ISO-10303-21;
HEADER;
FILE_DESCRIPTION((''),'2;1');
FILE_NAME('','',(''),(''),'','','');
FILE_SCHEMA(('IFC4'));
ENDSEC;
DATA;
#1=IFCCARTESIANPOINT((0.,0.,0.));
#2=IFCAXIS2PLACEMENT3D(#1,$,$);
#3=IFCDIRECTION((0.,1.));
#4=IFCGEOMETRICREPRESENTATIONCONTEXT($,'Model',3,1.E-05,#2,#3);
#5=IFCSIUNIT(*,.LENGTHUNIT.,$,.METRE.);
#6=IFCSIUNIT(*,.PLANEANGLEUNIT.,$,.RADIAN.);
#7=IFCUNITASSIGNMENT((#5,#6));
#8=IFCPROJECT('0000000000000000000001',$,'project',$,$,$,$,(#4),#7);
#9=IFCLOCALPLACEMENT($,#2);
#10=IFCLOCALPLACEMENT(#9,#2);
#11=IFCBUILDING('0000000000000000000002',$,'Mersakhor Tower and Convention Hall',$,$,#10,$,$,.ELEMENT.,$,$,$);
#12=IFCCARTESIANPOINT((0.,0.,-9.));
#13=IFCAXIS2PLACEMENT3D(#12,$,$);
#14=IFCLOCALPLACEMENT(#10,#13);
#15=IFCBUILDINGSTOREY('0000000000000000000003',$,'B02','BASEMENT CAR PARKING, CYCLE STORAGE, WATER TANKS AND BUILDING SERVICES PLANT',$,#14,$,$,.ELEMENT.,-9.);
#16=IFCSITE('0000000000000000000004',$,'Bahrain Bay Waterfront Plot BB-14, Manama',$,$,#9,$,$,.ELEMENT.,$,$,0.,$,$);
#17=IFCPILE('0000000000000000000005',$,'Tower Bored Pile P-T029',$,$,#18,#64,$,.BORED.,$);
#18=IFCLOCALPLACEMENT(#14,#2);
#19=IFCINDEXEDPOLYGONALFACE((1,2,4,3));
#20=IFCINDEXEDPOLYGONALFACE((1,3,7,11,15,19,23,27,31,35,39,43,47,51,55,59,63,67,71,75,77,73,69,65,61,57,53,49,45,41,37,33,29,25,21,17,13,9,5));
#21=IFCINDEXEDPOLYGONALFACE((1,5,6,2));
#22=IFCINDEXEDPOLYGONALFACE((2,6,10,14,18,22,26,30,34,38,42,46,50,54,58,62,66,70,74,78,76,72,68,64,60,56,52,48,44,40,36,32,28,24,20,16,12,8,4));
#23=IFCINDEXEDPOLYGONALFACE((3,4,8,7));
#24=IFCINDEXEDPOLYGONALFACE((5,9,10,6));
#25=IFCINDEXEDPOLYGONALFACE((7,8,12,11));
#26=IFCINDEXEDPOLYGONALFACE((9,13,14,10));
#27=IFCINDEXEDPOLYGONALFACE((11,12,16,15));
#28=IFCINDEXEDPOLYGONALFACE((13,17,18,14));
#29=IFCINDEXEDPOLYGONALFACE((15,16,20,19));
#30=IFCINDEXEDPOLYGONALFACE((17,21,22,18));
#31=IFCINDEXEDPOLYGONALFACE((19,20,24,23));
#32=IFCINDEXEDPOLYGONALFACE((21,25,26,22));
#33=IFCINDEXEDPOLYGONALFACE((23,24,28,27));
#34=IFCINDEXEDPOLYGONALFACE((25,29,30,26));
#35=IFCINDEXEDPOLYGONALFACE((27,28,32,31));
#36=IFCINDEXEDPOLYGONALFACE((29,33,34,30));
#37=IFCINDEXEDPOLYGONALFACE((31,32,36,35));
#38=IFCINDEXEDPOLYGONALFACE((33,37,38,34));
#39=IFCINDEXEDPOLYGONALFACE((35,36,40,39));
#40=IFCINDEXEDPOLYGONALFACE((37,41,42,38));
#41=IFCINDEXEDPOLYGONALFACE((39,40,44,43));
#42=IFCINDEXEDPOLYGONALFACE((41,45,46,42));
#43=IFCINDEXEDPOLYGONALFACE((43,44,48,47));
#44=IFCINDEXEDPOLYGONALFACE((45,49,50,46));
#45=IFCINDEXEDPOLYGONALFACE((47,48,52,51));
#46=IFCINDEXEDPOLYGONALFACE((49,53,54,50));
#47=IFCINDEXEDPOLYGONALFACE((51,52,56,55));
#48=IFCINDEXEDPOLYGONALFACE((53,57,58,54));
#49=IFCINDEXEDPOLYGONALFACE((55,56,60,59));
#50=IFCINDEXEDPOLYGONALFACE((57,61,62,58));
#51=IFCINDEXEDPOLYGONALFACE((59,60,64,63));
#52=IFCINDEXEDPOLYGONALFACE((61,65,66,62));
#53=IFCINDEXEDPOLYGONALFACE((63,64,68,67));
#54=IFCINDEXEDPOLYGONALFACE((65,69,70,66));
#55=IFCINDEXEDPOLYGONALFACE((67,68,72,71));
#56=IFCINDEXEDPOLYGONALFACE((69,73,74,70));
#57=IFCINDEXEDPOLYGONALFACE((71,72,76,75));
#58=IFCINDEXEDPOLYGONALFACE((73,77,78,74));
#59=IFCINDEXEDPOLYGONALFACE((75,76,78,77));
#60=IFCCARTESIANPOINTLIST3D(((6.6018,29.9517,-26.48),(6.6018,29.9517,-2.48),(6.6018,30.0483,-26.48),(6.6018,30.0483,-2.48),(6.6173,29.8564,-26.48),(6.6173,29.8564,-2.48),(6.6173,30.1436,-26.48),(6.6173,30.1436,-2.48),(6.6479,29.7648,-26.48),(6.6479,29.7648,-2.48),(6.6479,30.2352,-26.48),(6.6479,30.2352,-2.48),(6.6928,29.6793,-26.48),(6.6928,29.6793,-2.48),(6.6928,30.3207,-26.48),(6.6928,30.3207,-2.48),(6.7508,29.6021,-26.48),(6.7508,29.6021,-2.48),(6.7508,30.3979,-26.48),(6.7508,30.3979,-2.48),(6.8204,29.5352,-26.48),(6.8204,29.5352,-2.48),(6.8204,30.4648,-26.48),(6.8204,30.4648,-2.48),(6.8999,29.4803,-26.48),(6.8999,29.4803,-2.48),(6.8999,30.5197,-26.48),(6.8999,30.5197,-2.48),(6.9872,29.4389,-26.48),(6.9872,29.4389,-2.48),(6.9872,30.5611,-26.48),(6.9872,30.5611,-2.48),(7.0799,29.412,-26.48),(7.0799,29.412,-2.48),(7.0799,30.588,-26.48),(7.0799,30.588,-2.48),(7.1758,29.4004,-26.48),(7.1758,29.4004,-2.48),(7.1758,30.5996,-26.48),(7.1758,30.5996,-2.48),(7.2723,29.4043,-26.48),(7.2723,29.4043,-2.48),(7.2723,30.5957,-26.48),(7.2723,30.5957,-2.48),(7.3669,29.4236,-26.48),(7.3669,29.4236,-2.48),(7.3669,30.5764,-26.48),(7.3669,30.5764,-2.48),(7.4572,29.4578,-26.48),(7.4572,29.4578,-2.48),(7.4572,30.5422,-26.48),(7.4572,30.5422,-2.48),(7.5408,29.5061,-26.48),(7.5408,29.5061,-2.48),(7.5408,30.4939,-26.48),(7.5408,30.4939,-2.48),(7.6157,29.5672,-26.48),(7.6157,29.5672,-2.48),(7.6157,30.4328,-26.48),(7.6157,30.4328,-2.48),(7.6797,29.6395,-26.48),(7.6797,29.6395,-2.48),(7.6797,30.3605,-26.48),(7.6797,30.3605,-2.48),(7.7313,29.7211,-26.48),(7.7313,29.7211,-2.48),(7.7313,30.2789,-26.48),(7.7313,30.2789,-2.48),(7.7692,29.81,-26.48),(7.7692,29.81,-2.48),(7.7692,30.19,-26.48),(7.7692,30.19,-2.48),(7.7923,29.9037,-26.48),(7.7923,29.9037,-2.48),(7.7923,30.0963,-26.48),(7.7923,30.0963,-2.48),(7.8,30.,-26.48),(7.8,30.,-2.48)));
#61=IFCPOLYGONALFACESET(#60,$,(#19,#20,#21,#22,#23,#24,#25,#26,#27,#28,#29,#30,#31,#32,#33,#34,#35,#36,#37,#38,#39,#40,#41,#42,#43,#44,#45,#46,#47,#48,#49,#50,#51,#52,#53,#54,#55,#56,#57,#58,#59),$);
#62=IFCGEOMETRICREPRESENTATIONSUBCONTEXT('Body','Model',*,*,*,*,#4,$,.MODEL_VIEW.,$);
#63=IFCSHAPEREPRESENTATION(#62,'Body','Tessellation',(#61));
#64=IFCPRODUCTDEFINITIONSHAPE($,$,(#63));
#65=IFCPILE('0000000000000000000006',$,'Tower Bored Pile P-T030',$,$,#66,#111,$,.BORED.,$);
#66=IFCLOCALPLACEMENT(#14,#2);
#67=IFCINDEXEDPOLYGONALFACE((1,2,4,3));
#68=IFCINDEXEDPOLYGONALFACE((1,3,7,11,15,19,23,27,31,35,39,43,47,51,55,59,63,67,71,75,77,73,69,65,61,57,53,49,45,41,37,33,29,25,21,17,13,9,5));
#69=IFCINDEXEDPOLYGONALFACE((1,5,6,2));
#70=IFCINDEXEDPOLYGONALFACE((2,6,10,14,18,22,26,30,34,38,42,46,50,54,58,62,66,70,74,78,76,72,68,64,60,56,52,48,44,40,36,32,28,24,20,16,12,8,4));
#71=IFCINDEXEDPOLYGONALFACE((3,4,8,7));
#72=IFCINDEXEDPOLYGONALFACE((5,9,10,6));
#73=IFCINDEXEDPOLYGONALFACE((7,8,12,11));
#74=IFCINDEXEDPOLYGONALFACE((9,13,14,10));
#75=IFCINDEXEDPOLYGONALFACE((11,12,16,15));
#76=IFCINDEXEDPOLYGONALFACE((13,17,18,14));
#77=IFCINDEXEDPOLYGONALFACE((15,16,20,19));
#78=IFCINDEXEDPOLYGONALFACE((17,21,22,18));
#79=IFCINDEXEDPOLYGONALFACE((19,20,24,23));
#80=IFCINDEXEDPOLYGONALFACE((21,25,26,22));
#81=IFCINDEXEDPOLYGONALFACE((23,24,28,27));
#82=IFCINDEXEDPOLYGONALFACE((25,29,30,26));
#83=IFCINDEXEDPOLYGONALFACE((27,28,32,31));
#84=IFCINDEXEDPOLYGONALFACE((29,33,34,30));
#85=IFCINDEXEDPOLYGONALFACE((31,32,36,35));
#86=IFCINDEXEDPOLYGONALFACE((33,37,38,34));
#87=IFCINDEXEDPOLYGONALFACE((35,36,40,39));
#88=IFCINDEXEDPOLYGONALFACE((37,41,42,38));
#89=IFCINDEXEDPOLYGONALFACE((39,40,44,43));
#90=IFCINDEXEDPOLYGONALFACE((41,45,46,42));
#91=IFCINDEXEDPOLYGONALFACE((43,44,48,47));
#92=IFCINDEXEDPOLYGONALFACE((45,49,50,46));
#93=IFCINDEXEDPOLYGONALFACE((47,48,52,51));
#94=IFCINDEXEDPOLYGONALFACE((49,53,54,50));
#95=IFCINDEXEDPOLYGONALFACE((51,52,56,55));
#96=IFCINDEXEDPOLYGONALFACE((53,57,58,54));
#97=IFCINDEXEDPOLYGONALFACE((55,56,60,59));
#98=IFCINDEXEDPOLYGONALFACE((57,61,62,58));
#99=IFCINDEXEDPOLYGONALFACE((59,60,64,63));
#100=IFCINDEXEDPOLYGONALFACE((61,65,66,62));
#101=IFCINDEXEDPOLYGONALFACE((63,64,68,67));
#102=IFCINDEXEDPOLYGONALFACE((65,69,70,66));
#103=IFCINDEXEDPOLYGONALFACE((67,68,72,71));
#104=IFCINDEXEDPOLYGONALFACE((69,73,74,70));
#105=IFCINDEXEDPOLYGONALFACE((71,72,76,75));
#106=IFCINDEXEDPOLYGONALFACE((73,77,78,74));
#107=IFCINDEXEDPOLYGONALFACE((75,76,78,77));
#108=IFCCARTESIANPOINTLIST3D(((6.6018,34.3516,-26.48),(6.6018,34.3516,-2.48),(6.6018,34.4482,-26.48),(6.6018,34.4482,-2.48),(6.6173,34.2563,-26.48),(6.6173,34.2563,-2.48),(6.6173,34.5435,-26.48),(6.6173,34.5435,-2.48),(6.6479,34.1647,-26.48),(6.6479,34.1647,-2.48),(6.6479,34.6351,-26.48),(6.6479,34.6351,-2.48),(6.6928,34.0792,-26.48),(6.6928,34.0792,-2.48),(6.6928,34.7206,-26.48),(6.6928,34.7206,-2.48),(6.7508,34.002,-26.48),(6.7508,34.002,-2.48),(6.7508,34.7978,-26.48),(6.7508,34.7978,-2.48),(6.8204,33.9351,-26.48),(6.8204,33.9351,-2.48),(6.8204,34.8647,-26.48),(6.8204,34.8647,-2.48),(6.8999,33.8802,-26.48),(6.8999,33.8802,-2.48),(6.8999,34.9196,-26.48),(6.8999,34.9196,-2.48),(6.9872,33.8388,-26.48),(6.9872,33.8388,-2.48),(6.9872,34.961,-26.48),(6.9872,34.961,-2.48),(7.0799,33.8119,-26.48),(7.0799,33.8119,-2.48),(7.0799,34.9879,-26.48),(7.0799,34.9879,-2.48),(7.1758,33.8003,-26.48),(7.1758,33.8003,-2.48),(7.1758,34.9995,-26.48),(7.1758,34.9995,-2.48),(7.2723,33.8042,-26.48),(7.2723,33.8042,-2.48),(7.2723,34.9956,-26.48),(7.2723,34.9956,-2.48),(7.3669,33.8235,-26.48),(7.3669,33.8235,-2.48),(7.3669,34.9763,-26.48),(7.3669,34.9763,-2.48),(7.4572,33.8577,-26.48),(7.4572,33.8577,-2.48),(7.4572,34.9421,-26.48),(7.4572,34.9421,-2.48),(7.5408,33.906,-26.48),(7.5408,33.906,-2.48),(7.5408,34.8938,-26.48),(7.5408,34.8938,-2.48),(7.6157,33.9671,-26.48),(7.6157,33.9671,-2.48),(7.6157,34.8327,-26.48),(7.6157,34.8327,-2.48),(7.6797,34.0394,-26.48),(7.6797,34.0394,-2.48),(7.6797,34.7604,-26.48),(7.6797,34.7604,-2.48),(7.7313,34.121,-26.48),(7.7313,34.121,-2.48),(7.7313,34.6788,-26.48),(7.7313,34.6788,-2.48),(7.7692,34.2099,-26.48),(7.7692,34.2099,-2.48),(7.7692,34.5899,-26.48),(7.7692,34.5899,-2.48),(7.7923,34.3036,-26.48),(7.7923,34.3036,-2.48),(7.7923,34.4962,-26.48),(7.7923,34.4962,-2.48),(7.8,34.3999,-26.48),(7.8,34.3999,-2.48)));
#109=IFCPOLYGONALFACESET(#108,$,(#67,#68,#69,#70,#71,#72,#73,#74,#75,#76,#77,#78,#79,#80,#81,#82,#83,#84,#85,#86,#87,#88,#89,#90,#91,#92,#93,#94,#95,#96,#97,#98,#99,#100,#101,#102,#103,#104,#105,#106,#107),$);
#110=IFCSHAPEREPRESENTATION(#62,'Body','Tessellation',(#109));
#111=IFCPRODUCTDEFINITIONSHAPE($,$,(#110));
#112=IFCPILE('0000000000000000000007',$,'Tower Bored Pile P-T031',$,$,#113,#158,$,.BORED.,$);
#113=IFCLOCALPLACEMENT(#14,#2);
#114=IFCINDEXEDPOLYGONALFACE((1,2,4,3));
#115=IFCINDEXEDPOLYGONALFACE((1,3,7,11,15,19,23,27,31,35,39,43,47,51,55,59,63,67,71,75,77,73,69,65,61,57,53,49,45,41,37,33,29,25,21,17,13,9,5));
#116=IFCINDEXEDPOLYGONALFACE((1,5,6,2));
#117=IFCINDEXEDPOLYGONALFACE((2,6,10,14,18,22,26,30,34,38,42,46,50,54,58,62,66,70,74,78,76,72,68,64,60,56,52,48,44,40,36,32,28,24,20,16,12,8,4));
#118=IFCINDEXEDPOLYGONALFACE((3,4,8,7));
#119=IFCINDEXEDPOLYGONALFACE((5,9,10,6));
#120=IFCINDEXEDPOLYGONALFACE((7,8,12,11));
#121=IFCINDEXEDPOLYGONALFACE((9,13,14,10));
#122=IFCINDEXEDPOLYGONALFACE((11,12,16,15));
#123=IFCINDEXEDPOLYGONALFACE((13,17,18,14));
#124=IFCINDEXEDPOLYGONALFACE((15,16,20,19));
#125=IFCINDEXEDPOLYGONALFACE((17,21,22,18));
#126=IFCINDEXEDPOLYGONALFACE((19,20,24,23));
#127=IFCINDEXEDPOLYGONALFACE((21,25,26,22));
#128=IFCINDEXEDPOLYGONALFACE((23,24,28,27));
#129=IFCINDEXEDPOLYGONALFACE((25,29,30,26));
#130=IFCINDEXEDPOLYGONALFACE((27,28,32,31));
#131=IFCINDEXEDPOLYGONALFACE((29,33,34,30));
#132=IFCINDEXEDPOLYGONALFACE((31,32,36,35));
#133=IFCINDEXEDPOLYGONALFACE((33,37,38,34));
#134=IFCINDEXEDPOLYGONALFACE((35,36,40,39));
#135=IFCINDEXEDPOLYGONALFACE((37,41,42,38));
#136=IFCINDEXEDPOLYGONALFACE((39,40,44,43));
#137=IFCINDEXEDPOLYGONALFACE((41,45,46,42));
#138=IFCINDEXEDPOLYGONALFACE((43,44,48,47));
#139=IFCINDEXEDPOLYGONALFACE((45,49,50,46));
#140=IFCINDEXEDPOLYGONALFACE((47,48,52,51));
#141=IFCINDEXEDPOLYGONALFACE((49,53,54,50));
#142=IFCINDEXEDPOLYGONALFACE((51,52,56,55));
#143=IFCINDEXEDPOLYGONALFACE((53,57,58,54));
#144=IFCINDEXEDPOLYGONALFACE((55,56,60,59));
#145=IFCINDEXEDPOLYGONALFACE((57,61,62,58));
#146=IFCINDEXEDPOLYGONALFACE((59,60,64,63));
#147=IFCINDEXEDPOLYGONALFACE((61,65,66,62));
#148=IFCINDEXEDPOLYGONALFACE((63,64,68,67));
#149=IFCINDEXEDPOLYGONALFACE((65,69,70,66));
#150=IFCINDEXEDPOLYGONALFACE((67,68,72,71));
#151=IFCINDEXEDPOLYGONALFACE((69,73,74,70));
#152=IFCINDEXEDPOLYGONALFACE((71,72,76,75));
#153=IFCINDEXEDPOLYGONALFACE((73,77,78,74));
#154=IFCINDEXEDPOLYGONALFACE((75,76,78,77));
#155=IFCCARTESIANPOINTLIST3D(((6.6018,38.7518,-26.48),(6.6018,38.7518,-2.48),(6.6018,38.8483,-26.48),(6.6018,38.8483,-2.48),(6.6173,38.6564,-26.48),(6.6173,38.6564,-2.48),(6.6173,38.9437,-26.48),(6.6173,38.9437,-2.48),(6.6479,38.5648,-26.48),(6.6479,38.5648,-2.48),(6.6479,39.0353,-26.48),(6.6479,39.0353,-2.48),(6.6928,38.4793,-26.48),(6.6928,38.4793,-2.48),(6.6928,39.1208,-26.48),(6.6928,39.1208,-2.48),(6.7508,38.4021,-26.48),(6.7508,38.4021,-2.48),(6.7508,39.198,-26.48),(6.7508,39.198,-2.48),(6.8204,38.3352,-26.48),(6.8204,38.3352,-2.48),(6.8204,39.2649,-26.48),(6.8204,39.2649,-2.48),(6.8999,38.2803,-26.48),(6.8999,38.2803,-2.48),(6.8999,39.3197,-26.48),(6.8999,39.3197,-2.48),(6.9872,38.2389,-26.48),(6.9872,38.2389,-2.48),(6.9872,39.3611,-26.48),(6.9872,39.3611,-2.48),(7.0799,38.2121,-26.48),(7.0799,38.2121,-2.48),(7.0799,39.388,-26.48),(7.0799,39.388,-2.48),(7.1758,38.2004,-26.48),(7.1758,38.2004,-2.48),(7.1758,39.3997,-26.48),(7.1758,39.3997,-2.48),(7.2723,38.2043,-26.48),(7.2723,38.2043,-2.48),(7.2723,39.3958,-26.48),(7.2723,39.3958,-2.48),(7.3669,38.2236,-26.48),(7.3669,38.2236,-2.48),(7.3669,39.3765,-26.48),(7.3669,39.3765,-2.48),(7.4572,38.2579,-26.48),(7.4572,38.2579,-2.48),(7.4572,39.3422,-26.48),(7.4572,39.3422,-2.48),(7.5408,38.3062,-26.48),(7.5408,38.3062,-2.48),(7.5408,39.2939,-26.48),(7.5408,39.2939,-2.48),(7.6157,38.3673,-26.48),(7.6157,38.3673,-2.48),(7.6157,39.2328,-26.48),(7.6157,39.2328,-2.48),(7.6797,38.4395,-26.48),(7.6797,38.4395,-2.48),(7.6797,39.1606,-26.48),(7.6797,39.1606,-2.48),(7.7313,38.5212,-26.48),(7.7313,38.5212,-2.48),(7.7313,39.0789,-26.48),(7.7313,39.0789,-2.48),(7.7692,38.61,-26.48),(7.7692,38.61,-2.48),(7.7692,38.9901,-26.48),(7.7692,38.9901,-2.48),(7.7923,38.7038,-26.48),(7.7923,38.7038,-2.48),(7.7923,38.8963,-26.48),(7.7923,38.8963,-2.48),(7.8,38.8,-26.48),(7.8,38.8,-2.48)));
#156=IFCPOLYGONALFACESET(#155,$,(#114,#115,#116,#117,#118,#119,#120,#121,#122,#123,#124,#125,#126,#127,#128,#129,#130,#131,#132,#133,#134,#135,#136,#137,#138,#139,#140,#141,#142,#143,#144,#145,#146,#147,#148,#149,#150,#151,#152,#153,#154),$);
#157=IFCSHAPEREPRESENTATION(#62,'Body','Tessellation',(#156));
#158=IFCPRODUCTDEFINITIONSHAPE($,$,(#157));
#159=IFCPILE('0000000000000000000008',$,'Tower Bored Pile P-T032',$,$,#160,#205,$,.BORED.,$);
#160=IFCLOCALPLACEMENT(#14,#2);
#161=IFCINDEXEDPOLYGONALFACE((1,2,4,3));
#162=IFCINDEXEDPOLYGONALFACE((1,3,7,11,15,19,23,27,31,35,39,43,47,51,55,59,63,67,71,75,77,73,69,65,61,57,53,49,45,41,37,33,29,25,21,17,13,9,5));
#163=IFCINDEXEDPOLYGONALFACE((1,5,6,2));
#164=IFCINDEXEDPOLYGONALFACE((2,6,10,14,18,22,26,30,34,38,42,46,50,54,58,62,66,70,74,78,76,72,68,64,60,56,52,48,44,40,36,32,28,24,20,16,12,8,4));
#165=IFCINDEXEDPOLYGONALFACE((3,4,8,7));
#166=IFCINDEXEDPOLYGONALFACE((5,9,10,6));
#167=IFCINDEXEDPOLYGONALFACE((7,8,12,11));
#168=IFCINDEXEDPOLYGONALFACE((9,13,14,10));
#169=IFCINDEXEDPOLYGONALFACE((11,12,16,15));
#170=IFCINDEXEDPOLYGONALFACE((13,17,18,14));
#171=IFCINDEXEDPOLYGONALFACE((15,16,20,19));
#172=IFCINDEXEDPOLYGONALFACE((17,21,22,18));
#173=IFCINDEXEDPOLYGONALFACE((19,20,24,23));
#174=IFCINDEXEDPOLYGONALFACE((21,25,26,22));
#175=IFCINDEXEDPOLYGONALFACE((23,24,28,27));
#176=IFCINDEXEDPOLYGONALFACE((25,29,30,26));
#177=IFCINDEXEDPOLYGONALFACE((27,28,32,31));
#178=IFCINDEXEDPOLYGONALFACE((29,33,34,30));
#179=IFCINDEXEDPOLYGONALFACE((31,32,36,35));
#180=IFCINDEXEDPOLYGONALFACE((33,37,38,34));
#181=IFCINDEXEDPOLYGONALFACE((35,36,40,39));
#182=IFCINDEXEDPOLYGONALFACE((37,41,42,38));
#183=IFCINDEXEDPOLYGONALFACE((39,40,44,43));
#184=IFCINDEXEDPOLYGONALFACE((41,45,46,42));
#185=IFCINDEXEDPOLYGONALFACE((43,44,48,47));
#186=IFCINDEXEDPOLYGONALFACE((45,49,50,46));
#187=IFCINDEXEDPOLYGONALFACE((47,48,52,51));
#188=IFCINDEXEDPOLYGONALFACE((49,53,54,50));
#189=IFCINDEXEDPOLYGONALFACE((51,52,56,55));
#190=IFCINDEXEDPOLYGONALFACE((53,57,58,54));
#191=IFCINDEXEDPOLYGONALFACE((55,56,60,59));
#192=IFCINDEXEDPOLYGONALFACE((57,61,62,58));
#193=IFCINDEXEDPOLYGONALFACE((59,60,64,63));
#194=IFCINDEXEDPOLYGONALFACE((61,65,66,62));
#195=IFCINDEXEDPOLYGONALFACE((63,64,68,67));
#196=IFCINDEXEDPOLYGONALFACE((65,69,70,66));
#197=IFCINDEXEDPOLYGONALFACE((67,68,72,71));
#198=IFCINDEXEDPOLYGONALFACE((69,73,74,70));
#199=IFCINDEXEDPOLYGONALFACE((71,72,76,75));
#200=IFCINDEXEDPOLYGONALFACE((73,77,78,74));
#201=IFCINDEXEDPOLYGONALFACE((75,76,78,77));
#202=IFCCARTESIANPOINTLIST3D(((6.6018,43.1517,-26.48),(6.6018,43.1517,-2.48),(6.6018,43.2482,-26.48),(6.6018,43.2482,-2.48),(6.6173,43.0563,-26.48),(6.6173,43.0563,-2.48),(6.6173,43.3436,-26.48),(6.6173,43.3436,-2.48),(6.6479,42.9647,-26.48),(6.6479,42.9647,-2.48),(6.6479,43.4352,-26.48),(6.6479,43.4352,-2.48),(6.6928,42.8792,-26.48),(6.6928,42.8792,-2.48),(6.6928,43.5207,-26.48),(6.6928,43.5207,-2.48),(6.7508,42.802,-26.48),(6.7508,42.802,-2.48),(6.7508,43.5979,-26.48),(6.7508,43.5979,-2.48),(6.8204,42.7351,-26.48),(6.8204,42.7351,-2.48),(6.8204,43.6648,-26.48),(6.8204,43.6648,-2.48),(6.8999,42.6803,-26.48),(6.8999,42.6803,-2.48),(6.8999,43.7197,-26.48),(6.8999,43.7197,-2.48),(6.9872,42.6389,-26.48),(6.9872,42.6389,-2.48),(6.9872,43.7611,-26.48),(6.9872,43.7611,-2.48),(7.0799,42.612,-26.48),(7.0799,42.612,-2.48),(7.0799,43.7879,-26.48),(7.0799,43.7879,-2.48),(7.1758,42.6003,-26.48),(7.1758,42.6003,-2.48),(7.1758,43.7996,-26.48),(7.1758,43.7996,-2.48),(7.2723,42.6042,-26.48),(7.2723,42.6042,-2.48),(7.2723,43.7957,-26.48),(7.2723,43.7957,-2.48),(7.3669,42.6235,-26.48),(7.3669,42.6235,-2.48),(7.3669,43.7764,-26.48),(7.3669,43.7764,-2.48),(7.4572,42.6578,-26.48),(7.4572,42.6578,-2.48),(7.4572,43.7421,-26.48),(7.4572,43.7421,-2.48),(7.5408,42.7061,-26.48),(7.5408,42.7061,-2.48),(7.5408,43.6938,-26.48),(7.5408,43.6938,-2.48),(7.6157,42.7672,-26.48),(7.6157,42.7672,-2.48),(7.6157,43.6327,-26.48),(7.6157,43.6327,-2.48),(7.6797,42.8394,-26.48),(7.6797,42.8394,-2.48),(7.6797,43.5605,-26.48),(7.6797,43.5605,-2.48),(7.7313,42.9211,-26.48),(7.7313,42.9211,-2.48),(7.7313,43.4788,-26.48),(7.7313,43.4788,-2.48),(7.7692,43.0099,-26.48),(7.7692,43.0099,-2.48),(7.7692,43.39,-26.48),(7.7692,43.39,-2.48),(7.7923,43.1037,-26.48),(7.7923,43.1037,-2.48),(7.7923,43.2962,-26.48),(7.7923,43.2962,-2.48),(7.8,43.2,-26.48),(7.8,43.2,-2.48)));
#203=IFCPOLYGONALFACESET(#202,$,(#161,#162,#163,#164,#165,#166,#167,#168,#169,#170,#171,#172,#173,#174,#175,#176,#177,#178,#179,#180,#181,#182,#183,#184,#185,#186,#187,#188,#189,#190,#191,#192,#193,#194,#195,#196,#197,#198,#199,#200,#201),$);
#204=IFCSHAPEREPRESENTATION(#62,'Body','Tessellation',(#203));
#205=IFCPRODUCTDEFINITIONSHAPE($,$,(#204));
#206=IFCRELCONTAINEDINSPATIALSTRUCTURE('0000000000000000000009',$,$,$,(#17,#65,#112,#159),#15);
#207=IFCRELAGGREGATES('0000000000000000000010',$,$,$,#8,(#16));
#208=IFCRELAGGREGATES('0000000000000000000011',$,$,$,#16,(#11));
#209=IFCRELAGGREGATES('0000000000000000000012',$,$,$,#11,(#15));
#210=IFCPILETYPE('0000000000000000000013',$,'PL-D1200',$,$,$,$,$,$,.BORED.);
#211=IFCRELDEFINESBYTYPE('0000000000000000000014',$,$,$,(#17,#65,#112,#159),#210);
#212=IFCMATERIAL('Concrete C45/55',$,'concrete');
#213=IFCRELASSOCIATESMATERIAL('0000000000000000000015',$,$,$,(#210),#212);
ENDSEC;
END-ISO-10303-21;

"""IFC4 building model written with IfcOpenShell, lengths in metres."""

from ifc_helpers import new_model, si_unit, direction, frame, origin, origin_2d, place, context, subcontext, project, spatial, circle, extrude, material, material_profile, profile_set, type_object, element, save


model = new_model("IFC4")

# Units and contexts
model_context = context("Model", 3, precision=1e-05, world=origin(), true_north=direction((0.0, 1.0)))
body_context = subcontext(model_context, "Body", "Model", "MODEL_VIEW")
ifc_project = project(units=[si_unit("LENGTHUNIT", "METRE"), si_unit("PLANEANGLEUNIT", "RADIAN")], contexts=[model_context])

# Site, building, storey
site_placement = place(None, origin())
site = spatial("IfcSite", under=ifc_project, at=site_placement, Name="Bahrain Bay Waterfront Plot BB-14, Manama", CompositionType="ELEMENT", RefElevation=0.0)
building_placement = place(site_placement, origin())
building = spatial("IfcBuilding", under=site, at=building_placement, Name="Mersakhor Tower and Convention Hall", CompositionType="ELEMENT")
storey_placement = place(building_placement, frame((0.0, 0.0, -9.0)))
storey = spatial("IfcBuildingStorey", under=building, at=storey_placement, Name="B02", Description="BASEMENT CAR PARKING, CYCLE STORAGE, WATER TANKS AND BUILDING SERVICES PLANT", CompositionType="ELEMENT", Elevation=-9.0)

# Piles
ifc_material_1 = material(Name="Concrete C45/55", Category="concrete")
ifc_material_profile_1 = material_profile(ifc_material_1, circle(Radius=0.6001, at=origin_2d()), Name="PILE D1200")
ifc_profile_set_1 = profile_set([ifc_material_profile_1], Name="Concrete C45/55")
pile_type = type_object("IfcPileType", Name="PL-D1200", PredefinedType="BORED", material=ifc_profile_set_1)
for number, where, z_axis, x_axis, name in (
    (1, (7.2, 30.0, -2.48), (0.0, 0.0, -1.0), (1.0, 0.0, 0.0), "Tower Bored Pile P-T029"),
    (2, (7.2, 34.3999, -2.48), (0.0, 0.0, -1.0), (1.0, 0.0, 0.0), "Tower Bored Pile P-T030"),
    (3, (7.2, 38.8, -2.48), (0.0, 0.0, -1.0), (1.0, 0.0, 0.0), "Tower Bored Pile P-T031"),
    (4, (7.2, 43.2, -2.48), (0.0, 0.0, -1.0), (1.0, 0.0, 0.0), "Tower Bored Pile P-T032"),
):
    element("IfcPile", number, at=place(storey_placement, frame(where, z_axis=z_axis, x_axis=x_axis)), inside=storey, type_object=pile_type, Name=name, PredefinedType="BORED", context=body_context, shape_type="SweptSolid", body=[
        extrude(circle(Radius=0.6001, at=origin_2d()), origin(), (0.0, 0.0, 1.0), 24.0),
    ])

save(model, "model.ifc")
